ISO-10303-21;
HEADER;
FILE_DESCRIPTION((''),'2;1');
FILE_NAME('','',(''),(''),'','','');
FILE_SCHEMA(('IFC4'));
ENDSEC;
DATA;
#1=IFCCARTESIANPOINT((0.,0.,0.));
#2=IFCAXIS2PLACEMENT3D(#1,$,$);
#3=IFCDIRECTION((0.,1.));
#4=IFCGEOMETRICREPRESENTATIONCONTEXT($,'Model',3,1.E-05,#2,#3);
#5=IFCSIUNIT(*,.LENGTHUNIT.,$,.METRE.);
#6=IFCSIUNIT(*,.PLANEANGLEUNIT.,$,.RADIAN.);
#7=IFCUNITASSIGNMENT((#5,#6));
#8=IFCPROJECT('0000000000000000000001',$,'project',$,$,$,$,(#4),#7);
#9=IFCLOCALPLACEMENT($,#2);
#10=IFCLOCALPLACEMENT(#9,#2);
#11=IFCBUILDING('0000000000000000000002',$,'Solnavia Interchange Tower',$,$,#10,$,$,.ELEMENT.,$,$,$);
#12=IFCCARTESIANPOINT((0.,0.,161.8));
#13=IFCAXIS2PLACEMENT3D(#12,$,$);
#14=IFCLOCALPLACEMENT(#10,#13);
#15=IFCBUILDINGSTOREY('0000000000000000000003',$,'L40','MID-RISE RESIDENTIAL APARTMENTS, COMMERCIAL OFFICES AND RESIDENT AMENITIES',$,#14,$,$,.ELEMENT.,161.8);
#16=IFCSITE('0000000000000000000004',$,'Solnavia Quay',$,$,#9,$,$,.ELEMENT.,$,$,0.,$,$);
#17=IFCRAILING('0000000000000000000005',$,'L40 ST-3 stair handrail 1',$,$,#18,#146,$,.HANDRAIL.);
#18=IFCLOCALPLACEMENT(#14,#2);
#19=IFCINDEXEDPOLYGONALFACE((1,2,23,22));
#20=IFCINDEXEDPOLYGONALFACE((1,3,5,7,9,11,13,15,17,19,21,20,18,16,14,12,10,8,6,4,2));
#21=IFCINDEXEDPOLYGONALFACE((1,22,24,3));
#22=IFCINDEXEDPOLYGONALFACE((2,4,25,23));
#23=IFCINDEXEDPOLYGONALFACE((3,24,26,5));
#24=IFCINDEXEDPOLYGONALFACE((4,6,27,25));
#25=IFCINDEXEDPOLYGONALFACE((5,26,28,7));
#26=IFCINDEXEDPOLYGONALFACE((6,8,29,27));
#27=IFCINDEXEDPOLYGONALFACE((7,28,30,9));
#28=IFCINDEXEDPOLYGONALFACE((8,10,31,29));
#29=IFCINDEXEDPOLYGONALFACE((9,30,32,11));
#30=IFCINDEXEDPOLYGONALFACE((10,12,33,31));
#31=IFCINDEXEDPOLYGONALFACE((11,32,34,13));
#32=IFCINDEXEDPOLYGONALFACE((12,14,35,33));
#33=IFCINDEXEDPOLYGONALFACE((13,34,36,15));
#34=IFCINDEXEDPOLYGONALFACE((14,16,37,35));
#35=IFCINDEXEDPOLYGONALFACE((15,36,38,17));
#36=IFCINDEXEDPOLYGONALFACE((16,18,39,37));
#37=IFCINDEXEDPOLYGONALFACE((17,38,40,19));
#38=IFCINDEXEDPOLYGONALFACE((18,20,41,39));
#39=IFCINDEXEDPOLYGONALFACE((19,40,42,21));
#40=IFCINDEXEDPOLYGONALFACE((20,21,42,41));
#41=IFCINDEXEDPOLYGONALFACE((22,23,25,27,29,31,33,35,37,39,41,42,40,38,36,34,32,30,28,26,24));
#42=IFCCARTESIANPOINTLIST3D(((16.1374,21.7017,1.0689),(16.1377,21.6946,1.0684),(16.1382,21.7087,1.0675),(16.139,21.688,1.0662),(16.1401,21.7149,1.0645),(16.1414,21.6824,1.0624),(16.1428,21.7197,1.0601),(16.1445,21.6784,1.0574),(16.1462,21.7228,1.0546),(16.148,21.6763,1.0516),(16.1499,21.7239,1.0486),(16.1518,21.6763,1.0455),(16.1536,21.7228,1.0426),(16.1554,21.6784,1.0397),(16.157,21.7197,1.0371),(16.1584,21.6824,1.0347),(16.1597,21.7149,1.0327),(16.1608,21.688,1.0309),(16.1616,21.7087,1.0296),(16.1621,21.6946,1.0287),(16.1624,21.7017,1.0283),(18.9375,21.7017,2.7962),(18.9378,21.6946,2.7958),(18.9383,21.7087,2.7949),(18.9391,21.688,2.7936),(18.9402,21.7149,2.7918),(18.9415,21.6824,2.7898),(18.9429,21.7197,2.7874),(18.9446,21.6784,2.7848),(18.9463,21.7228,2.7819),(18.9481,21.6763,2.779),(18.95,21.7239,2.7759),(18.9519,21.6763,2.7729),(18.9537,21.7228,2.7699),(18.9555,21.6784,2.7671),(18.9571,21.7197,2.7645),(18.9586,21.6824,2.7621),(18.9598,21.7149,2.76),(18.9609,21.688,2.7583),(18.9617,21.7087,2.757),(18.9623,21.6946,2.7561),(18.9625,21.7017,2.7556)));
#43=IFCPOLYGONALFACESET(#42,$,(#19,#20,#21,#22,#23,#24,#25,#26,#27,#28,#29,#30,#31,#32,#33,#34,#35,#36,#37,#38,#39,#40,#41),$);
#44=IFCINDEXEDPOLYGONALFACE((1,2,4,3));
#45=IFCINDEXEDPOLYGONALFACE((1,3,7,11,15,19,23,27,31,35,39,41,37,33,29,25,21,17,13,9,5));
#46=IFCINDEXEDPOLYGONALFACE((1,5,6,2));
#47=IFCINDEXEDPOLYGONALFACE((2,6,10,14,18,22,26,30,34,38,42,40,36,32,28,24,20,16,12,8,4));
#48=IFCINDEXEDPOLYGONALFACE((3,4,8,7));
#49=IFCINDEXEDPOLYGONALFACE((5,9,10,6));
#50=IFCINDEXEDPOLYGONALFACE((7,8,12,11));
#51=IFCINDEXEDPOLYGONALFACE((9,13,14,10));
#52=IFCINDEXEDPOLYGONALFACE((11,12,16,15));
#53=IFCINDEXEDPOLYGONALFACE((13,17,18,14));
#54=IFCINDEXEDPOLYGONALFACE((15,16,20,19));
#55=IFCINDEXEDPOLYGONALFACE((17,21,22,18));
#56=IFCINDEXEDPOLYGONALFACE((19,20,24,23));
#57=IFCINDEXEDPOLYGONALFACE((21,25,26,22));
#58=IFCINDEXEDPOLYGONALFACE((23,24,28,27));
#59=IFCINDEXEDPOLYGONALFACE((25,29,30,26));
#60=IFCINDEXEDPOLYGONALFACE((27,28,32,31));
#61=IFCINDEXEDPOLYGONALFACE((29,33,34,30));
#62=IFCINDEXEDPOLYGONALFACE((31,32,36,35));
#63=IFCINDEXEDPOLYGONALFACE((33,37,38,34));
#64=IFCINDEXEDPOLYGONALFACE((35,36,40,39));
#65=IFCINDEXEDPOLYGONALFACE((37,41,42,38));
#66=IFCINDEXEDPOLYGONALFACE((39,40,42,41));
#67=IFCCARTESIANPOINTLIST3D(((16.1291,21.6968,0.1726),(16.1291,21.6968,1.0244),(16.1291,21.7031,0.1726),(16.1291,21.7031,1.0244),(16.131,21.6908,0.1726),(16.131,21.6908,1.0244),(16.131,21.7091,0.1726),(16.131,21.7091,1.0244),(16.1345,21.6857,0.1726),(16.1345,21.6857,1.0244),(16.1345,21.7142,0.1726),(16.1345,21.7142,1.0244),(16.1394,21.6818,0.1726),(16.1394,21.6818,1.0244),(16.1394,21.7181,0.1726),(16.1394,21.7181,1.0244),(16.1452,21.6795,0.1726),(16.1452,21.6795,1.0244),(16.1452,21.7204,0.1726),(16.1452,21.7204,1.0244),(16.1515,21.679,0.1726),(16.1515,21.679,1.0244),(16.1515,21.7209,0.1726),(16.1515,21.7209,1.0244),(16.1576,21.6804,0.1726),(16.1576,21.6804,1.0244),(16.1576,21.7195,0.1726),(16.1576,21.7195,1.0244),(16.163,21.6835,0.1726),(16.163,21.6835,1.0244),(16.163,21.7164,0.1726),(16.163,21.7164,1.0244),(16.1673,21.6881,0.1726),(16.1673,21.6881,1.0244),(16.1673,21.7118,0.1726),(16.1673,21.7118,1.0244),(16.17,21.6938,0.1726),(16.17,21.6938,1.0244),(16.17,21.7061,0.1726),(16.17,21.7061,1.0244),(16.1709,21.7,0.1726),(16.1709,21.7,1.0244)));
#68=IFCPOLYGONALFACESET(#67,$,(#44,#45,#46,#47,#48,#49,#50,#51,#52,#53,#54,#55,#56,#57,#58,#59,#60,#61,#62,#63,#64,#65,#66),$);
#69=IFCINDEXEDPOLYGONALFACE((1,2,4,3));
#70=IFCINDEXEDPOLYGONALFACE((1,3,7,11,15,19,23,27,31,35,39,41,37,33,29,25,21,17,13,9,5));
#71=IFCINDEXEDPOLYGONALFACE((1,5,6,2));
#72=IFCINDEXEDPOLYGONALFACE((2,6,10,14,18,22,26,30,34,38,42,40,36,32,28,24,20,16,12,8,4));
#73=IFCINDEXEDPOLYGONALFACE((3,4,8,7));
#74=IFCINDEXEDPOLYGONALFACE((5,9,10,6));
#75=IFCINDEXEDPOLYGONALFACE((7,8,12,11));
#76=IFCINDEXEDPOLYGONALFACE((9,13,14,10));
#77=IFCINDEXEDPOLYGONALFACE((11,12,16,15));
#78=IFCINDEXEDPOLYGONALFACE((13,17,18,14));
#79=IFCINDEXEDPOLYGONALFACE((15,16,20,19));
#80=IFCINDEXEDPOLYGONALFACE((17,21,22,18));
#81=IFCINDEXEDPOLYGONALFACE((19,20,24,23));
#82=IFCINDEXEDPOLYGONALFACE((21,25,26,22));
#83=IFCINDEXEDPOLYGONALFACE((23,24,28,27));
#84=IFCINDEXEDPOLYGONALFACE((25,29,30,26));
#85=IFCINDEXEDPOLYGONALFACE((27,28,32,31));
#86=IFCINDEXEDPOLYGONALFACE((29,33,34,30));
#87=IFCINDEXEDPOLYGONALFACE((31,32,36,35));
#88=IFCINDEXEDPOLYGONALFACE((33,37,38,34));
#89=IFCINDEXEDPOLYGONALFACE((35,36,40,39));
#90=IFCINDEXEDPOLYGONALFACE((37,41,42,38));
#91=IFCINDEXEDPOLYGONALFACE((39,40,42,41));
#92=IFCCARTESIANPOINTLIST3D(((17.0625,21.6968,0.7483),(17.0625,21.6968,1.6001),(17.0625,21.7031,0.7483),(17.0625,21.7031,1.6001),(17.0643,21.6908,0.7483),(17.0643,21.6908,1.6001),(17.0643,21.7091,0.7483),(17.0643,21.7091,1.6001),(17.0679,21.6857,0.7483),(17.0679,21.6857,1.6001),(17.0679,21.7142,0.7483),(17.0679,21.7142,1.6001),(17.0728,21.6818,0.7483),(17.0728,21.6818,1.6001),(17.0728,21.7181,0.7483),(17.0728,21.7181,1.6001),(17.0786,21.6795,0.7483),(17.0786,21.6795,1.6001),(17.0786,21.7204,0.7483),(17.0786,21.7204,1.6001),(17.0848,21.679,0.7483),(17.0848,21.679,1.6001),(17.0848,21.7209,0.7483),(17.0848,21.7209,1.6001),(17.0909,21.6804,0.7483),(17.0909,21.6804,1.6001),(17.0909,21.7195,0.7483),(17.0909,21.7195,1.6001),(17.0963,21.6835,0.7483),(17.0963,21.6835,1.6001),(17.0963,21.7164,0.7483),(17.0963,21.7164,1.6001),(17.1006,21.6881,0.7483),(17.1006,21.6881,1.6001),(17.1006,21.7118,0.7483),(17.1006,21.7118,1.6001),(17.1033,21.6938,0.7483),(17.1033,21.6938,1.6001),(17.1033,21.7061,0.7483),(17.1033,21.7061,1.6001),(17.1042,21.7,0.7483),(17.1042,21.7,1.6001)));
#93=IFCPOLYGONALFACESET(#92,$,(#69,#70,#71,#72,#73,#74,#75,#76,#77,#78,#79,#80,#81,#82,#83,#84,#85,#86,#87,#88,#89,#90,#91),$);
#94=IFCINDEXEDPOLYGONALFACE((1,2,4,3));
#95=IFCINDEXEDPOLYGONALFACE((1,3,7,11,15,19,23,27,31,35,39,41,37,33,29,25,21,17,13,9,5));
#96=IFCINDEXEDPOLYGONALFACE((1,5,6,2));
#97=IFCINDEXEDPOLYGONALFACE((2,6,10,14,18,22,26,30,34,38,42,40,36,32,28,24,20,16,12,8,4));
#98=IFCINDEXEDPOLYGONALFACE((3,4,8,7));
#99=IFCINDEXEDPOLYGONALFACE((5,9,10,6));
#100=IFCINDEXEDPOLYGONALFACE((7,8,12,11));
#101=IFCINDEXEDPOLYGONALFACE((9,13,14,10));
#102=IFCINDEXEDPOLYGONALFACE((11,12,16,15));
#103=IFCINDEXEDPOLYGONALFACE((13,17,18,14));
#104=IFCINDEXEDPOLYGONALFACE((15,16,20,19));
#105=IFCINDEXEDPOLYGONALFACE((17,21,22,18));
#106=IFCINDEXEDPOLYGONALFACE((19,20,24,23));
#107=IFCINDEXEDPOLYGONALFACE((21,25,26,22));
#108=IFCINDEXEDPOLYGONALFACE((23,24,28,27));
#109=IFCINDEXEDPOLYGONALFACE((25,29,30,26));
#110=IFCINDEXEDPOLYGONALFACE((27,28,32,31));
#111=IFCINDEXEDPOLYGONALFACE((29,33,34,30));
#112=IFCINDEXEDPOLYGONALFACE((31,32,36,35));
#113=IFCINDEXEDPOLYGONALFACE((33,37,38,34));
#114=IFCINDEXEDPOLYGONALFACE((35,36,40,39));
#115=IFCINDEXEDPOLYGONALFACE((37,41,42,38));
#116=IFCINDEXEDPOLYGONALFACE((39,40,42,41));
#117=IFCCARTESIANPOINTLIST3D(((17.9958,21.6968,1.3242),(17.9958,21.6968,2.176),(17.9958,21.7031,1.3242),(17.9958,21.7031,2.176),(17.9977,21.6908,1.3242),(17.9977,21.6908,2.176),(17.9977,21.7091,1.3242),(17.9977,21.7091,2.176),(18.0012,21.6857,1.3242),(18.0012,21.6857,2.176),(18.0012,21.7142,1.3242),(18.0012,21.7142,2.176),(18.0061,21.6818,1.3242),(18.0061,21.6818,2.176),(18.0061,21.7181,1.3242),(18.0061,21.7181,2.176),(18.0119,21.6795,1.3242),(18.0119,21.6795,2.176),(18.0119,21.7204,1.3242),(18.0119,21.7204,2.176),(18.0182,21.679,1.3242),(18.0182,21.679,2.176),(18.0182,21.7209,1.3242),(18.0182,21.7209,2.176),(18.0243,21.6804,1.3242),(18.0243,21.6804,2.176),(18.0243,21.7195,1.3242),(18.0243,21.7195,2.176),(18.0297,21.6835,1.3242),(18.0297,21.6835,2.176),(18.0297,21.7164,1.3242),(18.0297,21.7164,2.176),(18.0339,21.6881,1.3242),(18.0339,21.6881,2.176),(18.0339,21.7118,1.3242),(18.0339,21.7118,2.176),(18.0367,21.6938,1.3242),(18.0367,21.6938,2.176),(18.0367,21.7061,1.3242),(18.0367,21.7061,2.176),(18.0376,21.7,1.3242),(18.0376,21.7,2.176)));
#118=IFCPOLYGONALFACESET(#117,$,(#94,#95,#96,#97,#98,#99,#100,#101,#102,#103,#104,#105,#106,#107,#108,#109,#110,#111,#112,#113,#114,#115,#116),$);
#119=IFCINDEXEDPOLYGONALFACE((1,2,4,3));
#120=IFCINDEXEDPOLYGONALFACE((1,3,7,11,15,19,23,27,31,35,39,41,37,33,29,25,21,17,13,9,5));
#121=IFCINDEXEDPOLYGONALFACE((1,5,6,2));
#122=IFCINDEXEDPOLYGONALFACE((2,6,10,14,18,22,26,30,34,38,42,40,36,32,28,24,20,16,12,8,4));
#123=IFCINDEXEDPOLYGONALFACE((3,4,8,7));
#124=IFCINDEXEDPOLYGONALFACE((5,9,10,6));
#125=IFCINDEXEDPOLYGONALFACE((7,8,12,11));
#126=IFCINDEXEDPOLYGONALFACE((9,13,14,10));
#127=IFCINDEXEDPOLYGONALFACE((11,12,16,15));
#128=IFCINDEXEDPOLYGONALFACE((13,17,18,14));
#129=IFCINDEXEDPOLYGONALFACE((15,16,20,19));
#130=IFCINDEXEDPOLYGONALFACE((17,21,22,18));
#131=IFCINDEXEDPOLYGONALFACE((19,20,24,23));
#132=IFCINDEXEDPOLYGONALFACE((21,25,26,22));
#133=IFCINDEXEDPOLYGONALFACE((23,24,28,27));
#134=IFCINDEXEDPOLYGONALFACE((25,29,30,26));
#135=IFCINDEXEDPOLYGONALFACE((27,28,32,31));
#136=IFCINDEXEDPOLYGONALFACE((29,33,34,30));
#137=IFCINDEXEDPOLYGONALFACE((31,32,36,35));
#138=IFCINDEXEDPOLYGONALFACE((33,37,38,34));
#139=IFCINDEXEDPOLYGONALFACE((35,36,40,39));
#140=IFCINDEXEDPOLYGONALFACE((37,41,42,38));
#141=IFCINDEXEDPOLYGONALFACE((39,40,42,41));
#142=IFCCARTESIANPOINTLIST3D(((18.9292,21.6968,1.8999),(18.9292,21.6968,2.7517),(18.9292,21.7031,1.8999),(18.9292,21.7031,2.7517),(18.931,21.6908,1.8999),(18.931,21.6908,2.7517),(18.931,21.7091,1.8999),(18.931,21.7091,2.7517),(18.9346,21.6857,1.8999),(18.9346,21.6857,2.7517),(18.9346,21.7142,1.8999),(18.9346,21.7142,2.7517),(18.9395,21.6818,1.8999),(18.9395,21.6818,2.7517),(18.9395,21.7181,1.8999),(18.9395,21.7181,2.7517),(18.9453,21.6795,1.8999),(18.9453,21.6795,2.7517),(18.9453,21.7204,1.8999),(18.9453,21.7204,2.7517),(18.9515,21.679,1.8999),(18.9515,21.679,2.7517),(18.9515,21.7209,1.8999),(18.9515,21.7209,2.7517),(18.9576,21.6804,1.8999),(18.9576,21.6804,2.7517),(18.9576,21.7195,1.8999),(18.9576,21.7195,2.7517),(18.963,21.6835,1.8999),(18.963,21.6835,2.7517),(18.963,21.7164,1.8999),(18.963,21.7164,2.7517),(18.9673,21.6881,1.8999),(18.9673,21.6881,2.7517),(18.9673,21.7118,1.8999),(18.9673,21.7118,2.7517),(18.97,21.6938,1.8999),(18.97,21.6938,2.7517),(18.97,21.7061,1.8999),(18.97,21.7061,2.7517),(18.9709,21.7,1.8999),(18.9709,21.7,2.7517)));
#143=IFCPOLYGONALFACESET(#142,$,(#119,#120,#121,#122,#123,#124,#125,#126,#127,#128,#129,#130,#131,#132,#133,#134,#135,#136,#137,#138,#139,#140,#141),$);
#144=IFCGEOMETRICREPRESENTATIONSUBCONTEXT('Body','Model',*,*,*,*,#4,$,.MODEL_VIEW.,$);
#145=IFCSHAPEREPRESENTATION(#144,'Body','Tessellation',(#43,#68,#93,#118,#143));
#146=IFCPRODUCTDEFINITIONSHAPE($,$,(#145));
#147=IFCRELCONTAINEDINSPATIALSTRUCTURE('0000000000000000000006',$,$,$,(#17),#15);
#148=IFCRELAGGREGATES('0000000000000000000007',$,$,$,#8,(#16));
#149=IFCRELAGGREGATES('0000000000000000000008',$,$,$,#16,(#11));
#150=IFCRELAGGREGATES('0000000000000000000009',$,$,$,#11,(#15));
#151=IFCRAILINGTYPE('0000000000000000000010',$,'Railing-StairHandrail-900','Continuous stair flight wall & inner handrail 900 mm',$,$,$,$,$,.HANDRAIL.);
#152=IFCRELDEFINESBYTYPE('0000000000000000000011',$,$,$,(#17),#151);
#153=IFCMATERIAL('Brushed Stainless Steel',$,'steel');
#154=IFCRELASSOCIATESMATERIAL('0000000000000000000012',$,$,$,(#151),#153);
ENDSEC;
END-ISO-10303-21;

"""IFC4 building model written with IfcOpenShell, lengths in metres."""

from ifc_helpers import new_model, si_unit, direction, frame, origin, origin_2d, place, context, subcontext, project, spatial, circle, extrude, material, type_object, element, save


model = new_model("IFC4")

# Units and contexts
model_context = context("Model", 3, precision=1e-05, world=origin(), true_north=direction((0.0, 1.0)))
body_context = subcontext(model_context, "Body", "Model", "MODEL_VIEW")
ifc_project = project(units=[si_unit("LENGTHUNIT", "METRE"), si_unit("PLANEANGLEUNIT", "RADIAN")], contexts=[model_context])

# Site, building, storey
site_placement = place(None, origin())
site = spatial("IfcSite", under=ifc_project, at=site_placement, Name="Solnavia Quay", CompositionType="ELEMENT", RefElevation=0.0)
building_placement = place(site_placement, origin())
building = spatial("IfcBuilding", under=site, at=building_placement, Name="Solnavia Interchange Tower", CompositionType="ELEMENT")
storey_placement = place(building_placement, frame((0.0, 0.0, 161.8)))
storey = spatial("IfcBuildingStorey", under=building, at=storey_placement, Name="L40", Description="MID-RISE RESIDENTIAL APARTMENTS, COMMERCIAL OFFICES AND RESIDENT AMENITIES", CompositionType="ELEMENT", Elevation=161.8)

# Railing
ifc_material_1 = material(Name="Brushed Stainless Steel", Category="steel")
railing_type_1 = type_object("IfcRailingType", Name="Railing-StairHandrail-900", Description="Continuous stair flight wall & inner handrail 900 mm", PredefinedType="HANDRAIL", material=ifc_material_1)
railing_1_placement = place(storey_placement, frame((16.1499, 21.7, 0.1726)))
element("IfcRailing", 1, at=railing_1_placement, inside=storey, type_object=railing_type_1, Name="L40 ST-3 stair handrail 1", PredefinedType="HANDRAIL", context=body_context, shape_type="SweptSolid", body=[
    extrude(circle(Radius=0.0239, at=origin_2d()), frame((0.0, 0.0, 0.876), z_axis=(0.85109, 0.0, 0.52502), x_axis=(0.0, 1.0, 0.0)), (0.0, 0.0, 1.0), 3.29),
    extrude(circle(Radius=0.021, at=origin_2d()), origin(), (0.0, 0.0, 1.0), 0.8518),
    extrude(circle(Radius=0.021, at=origin_2d()), frame((0.9333, 0.0, 0.5757)), (0.0, 0.0, 1.0), 0.8518),
    extrude(circle(Radius=0.021, at=origin_2d()), frame((1.8667, 0.0, 1.1516)), (0.0, 0.0, 1.0), 0.8518),
    extrude(circle(Radius=0.021, at=origin_2d()), frame((2.8, 0.0, 1.7273)), (0.0, 0.0, 1.0), 0.8518),
])

save(model, "model.ifc")
